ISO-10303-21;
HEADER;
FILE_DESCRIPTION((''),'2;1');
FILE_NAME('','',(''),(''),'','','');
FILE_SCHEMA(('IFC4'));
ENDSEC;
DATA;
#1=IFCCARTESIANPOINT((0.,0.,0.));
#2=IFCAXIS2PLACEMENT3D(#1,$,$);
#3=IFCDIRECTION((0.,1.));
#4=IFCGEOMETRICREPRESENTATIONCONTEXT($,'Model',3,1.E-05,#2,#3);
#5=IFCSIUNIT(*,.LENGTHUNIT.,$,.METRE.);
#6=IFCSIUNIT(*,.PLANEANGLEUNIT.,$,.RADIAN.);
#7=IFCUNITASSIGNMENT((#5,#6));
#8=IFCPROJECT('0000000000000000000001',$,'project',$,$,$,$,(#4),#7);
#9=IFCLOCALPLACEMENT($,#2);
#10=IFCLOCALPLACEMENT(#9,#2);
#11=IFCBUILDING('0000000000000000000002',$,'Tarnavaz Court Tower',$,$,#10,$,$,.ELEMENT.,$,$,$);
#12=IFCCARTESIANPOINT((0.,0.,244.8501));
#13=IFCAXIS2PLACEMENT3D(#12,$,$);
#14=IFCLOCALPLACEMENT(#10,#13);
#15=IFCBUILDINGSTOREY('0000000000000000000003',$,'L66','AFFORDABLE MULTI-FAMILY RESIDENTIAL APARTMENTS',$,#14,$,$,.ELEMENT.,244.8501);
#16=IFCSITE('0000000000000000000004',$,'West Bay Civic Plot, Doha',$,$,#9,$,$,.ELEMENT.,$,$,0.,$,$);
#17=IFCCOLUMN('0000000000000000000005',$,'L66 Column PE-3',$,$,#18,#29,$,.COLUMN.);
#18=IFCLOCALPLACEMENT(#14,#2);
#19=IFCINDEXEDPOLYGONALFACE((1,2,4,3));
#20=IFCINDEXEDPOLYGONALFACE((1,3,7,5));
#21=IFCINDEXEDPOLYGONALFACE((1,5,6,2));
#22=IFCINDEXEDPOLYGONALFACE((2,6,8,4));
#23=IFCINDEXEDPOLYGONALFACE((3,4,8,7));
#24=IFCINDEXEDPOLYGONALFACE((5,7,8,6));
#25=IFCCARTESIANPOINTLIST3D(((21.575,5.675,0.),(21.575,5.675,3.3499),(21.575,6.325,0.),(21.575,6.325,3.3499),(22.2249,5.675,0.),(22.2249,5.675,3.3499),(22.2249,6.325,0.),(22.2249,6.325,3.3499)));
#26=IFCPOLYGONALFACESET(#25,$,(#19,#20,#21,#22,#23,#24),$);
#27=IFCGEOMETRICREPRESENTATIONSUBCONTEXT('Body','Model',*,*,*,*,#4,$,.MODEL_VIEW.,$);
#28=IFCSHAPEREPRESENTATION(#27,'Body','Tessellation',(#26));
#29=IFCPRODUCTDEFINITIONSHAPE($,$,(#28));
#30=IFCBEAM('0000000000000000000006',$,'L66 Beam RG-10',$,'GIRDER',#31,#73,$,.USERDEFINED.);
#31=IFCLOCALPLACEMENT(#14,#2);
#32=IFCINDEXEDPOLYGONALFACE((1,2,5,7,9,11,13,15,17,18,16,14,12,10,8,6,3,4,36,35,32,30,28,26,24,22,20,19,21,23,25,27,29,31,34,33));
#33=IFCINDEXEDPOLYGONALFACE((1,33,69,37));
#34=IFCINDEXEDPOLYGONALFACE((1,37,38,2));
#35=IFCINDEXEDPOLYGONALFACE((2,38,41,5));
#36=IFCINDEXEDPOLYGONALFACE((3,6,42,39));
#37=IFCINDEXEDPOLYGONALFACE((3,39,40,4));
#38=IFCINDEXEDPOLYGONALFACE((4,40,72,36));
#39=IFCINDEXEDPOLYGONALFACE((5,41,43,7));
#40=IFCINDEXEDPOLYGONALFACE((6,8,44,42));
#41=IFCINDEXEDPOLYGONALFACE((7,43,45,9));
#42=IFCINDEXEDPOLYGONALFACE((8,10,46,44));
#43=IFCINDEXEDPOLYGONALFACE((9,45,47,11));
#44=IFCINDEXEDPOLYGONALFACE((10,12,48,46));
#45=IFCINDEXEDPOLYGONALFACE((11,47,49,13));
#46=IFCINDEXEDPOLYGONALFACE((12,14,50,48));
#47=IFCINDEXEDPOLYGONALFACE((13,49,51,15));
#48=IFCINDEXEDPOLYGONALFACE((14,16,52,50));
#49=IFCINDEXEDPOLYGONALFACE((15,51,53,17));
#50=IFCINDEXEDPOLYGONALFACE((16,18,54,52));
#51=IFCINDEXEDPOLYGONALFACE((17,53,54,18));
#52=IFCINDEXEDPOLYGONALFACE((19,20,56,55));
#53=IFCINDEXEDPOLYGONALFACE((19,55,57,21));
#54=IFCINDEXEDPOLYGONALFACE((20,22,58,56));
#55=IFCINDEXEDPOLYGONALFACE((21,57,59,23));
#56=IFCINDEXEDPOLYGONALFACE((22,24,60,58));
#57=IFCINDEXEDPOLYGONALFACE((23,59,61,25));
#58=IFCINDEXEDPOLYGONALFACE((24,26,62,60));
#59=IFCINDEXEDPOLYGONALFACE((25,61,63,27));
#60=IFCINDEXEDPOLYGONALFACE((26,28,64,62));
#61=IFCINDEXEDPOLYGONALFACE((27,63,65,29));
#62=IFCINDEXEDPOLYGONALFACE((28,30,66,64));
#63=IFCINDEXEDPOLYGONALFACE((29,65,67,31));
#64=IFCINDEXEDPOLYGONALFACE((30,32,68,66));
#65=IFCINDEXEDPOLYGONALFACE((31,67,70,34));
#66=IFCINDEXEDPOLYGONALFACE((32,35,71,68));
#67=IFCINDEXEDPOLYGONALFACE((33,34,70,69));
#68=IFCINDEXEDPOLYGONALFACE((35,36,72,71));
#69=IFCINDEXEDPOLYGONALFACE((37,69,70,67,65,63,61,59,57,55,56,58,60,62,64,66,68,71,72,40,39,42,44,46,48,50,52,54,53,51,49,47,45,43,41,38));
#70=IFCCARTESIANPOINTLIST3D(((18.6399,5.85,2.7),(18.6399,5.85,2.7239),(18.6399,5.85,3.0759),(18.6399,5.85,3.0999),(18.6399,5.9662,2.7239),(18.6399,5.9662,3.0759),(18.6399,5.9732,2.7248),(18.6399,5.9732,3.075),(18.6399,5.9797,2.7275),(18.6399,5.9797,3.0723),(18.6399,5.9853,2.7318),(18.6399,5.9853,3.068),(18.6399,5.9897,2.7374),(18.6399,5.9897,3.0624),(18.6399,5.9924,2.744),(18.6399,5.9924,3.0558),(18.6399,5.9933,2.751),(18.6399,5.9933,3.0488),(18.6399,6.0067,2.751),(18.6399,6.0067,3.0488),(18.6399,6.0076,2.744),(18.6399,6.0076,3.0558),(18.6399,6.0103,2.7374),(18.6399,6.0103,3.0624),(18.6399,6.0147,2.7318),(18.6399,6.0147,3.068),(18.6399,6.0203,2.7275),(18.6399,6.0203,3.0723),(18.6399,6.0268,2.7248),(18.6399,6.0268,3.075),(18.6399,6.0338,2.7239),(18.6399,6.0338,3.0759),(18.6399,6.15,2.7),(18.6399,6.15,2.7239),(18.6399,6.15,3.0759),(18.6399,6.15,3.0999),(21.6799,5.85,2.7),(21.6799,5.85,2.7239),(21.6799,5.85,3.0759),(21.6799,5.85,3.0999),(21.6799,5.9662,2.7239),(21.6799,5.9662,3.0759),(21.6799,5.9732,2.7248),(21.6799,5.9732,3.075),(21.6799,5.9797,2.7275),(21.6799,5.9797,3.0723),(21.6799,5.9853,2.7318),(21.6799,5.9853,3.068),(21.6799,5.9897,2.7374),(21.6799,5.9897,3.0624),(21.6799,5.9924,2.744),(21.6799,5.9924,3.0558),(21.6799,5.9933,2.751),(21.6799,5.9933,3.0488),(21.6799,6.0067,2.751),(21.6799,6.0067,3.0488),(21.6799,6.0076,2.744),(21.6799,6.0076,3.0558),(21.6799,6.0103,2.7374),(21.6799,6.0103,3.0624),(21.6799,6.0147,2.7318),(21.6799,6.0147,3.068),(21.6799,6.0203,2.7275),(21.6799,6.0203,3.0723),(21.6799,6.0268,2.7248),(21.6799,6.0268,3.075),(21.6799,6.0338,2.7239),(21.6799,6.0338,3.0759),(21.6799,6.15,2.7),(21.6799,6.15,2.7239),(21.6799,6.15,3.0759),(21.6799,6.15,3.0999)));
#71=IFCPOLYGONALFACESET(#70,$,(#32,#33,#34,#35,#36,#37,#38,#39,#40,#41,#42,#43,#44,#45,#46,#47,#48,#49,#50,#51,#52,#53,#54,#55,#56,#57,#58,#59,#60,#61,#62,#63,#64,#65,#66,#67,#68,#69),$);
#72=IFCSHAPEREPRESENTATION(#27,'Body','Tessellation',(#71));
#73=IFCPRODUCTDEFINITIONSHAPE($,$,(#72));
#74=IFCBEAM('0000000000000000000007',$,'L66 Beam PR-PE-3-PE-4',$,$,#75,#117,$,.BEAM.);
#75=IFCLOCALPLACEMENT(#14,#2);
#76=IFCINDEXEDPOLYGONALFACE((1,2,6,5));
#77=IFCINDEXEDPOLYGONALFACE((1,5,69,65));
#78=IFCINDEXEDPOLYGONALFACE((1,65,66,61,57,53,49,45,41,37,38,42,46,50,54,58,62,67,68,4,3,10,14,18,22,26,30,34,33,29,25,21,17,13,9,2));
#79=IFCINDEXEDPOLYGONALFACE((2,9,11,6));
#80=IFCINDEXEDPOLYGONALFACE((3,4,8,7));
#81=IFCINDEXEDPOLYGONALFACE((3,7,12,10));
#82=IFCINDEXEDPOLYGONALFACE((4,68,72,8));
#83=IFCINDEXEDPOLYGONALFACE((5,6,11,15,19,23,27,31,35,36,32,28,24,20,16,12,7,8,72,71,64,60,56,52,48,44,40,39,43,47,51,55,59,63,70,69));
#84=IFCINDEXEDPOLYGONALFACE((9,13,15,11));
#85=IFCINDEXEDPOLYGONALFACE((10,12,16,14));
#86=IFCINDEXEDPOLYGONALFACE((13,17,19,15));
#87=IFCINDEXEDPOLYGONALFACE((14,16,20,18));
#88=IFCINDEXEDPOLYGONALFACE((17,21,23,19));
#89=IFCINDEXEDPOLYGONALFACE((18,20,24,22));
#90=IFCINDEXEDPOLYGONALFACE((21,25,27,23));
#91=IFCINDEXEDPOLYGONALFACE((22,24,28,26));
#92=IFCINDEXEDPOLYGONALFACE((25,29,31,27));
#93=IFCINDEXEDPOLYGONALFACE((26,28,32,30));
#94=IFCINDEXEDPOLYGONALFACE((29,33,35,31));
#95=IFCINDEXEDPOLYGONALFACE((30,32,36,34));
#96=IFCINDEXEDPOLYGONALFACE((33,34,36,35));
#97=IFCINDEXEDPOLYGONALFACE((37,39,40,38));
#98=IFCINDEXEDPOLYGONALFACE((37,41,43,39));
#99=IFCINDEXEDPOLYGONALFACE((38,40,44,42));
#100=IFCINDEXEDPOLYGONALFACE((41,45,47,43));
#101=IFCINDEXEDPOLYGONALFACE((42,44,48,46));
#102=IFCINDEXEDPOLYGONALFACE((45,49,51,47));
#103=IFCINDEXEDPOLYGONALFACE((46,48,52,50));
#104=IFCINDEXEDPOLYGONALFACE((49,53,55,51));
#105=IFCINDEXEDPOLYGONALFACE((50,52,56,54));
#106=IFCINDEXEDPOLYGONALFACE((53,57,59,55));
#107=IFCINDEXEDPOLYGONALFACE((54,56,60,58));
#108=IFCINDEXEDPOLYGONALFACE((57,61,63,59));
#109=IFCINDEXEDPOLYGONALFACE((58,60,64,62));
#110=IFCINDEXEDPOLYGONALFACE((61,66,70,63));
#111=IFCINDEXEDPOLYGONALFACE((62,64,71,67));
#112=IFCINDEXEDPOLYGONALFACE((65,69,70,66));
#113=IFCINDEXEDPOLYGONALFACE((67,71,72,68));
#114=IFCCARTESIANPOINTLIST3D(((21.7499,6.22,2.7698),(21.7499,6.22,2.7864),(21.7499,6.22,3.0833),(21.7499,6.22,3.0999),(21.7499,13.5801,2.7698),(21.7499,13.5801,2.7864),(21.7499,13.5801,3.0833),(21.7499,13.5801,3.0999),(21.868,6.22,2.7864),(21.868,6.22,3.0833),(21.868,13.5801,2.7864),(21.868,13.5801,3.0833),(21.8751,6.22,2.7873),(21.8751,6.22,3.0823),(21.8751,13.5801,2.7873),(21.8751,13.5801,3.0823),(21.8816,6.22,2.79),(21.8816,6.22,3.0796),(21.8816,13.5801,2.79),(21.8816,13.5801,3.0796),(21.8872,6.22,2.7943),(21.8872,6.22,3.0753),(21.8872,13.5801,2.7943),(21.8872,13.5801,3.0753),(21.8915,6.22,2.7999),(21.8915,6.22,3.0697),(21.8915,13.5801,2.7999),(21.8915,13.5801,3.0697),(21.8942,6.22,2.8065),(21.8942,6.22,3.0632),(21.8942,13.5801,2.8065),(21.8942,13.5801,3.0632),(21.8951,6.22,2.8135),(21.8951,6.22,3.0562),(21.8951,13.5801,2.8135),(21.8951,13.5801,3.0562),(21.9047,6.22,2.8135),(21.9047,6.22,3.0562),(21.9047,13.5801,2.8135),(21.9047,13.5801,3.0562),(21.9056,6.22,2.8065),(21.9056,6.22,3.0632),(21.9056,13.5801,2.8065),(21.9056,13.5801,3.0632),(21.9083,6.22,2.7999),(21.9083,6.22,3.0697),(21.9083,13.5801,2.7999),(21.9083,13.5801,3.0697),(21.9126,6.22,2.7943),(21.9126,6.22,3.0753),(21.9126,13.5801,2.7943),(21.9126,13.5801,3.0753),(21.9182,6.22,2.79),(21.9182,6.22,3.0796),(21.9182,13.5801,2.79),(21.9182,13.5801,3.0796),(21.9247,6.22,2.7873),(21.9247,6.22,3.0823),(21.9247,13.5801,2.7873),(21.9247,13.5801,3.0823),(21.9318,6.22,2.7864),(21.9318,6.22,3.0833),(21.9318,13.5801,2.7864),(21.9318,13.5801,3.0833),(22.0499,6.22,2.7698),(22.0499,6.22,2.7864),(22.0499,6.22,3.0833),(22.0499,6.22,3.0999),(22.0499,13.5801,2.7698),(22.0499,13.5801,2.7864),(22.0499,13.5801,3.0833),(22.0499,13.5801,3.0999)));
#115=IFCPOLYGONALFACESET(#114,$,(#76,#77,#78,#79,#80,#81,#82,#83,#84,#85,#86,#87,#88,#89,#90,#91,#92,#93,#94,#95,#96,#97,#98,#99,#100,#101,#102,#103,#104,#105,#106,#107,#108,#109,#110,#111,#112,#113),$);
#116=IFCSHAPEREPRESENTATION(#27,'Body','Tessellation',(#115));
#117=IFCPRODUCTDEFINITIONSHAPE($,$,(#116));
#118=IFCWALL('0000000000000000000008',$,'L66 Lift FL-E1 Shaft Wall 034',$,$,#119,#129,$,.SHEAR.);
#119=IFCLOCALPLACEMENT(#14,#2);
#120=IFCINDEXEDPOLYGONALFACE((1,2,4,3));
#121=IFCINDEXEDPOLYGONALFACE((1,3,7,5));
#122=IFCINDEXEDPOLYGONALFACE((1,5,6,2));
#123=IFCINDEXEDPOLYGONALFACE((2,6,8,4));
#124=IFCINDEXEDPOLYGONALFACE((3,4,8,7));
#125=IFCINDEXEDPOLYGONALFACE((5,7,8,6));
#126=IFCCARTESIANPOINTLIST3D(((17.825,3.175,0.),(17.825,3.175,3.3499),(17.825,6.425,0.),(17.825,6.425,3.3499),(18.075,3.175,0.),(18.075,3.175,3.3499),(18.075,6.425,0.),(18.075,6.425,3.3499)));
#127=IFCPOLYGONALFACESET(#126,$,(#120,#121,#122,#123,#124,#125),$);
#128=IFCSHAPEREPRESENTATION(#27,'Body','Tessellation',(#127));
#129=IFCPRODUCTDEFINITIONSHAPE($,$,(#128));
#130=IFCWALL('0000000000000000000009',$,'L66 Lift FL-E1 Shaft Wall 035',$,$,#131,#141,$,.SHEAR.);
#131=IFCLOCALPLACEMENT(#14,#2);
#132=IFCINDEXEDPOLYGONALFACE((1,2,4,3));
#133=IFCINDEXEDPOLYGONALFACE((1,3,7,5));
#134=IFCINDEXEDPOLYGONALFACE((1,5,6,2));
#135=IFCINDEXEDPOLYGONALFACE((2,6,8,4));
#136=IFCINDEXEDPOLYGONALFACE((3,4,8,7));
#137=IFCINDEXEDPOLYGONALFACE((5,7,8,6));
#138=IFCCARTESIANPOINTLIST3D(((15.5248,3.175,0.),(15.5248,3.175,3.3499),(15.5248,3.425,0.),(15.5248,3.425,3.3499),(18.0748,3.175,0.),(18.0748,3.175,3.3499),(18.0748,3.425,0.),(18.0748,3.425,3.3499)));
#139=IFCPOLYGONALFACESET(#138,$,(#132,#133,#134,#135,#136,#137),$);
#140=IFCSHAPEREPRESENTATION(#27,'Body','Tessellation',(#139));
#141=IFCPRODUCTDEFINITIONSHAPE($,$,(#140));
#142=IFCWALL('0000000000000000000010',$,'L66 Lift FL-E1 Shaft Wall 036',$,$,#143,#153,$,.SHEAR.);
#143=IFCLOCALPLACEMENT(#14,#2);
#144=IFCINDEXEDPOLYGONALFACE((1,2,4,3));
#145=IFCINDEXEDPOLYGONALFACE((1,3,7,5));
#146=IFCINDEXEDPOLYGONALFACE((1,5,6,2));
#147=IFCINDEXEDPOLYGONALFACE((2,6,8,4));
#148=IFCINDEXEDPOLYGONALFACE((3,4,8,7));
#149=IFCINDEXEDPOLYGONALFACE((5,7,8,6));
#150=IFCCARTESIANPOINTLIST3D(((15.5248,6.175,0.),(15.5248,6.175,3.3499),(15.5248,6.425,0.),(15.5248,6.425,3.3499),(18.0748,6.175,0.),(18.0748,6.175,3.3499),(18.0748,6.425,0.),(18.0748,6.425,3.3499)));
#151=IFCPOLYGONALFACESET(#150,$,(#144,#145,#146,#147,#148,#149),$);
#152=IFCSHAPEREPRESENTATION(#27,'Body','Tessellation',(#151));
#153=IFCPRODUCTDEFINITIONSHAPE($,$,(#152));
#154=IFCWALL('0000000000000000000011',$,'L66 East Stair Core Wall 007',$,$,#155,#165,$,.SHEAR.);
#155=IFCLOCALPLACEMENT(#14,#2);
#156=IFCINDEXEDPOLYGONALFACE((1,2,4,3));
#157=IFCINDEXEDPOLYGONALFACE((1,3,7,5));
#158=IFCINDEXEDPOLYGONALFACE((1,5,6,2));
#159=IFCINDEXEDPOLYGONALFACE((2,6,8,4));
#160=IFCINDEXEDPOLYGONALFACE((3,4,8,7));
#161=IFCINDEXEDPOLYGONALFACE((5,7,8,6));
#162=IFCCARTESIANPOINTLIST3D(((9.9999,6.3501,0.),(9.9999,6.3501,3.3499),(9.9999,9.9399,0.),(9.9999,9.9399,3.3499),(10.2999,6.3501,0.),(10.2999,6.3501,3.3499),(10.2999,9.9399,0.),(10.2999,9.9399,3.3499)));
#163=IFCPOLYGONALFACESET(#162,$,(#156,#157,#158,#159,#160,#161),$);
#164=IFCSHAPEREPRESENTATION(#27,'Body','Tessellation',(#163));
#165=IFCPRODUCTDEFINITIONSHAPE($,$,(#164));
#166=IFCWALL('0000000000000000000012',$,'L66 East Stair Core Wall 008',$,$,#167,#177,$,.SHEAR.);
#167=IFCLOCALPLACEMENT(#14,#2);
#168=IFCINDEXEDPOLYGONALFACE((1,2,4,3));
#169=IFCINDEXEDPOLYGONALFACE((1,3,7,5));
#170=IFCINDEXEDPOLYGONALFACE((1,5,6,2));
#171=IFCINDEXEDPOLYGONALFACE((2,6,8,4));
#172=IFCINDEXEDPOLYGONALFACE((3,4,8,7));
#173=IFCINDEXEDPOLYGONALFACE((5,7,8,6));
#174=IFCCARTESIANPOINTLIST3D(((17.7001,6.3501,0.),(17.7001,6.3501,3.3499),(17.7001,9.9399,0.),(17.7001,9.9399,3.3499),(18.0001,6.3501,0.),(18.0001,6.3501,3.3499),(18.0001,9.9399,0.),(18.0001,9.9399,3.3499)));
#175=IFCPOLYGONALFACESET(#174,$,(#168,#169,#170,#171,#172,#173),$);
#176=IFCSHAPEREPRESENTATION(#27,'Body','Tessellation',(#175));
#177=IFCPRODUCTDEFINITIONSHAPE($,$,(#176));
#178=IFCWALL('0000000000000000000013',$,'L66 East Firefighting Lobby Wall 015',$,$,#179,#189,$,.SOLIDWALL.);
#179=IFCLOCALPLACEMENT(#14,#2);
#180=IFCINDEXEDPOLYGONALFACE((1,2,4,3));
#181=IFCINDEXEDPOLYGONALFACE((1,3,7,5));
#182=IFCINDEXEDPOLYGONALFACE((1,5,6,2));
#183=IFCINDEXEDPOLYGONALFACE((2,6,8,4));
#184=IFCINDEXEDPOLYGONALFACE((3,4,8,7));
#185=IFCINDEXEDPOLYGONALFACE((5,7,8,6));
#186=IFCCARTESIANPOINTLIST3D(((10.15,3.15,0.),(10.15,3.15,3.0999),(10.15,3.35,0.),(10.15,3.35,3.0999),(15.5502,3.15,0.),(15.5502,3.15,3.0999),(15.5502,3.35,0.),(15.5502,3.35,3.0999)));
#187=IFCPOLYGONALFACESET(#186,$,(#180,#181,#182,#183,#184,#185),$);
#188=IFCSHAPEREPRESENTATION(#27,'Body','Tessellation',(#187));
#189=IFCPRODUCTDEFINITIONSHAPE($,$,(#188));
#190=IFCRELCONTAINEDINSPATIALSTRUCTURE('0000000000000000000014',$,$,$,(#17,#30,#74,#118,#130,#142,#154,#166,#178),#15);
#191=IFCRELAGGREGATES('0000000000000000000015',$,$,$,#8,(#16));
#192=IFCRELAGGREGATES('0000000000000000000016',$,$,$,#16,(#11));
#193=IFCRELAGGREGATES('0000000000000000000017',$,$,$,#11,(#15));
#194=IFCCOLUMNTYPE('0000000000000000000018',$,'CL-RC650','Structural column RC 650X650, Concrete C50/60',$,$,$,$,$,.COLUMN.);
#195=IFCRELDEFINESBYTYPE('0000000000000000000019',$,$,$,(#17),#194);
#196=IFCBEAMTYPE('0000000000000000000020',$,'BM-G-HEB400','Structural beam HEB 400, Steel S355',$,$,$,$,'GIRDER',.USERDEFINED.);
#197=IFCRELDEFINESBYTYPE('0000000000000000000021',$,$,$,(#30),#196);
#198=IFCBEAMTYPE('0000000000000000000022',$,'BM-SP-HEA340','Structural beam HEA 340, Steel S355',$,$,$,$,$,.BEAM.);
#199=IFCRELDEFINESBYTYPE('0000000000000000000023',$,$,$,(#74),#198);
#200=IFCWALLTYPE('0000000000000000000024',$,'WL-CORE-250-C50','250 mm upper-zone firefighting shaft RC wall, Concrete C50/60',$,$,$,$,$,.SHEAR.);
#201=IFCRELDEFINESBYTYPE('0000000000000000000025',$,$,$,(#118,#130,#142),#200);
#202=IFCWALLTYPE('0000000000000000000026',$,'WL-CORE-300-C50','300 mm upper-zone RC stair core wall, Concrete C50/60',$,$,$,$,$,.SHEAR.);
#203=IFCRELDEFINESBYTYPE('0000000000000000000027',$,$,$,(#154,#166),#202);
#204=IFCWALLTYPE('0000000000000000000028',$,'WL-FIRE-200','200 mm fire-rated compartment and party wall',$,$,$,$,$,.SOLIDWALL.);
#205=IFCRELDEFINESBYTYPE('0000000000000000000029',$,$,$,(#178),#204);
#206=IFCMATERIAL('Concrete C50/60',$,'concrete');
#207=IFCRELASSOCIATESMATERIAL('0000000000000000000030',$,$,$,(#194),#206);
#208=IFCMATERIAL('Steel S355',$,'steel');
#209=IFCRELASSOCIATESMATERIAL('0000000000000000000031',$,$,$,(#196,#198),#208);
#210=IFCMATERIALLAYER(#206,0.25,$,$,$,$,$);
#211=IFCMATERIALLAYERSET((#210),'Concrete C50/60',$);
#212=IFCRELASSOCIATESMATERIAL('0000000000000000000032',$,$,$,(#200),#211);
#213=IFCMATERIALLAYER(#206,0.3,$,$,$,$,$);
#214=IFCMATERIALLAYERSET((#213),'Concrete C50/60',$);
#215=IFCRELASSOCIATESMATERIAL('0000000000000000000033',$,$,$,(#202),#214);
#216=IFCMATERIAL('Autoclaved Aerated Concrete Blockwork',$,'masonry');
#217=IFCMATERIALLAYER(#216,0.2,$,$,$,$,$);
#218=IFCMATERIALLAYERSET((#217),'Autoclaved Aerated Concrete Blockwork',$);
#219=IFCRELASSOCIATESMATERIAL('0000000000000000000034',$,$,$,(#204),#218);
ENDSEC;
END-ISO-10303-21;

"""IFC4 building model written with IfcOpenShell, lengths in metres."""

from ifc_helpers import new_model, si_unit, direction, frame, frame_2d, origin, origin_2d, place, context, subcontext, project, spatial, rectangle, i_section, extrude, material, layer, layer_set, material_profile, profile_set, type_object, element, save


model = new_model("IFC4")

# Units and contexts
model_context = context("Model", 3, precision=1e-05, world=origin(), true_north=direction((0.0, 1.0)))
body_context = subcontext(model_context, "Body", "Model", "MODEL_VIEW")
ifc_project = project(units=[si_unit("LENGTHUNIT", "METRE"), si_unit("PLANEANGLEUNIT", "RADIAN")], contexts=[model_context])

# Site, building, storey
site_placement = place(None, origin())
site = spatial("IfcSite", under=ifc_project, at=site_placement, Name="West Bay Civic Plot, Doha", CompositionType="ELEMENT", RefElevation=0.0)
building_placement = place(site_placement, origin())
building = spatial("IfcBuilding", under=site, at=building_placement, Name="Tarnavaz Court Tower", CompositionType="ELEMENT")
storey_placement = place(building_placement, frame((0.0, 0.0, 244.8501)))
storey = spatial("IfcBuildingStorey", under=building, at=storey_placement, Name="L66", Description="AFFORDABLE MULTI-FAMILY RESIDENTIAL APARTMENTS", CompositionType="ELEMENT", Elevation=244.8501)

# Column
ifc_material_1 = material(Name="Concrete C50/60", Category="concrete")
ifc_material_profile_1 = material_profile(ifc_material_1, rectangle(XDim=0.6499, YDim=0.6499, at=origin_2d()), Name="RC 650X650")
ifc_profile_set_1 = profile_set([ifc_material_profile_1], Name="Concrete C50/60")
column_type = type_object("IfcColumnType", Name="CL-RC650", Description="Structural column RC 650X650, Concrete C50/60", PredefinedType="COLUMN", material=ifc_profile_set_1)
column_placement = place(storey_placement, frame((21.8999, 6.0, 0.0), z_axis=(0.0, 0.0, 1.0), x_axis=(1.0, 0.0, 0.0)))
element("IfcColumn", 1, at=column_placement, inside=storey, type_object=column_type, Name="L66 Column PE-3", PredefinedType="COLUMN", context=body_context, shape_type="SweptSolid", body=[
    extrude(rectangle(XDim=0.6499, YDim=0.6499, at=origin_2d()), origin(), (0.0, 0.0, 1.0), 3.3499),
])

# Beams
ifc_material_2 = material(Name="Steel S355", Category="steel")
ifc_material_profile_2 = material_profile(ifc_material_2, i_section(OverallWidth=0.3, OverallDepth=0.3999, WebThickness=0.0134, FlangeThickness=0.0239, FilletRadius=0.0271, at=origin_2d()), Name="HEB 400")
ifc_profile_set_2 = profile_set([ifc_material_profile_2], Name="Steel S355")
beam_type_1 = type_object("IfcBeamType", Name="BM-G-HEB400", Description="Structural beam HEB 400, Steel S355", ElementType="GIRDER", PredefinedType="USERDEFINED", material=ifc_profile_set_2)
beam_1_placement = place(storey_placement, frame((18.6399, 6.0, 2.8999), z_axis=(1.0, 0.0, 0.0), x_axis=(0.0, 1.0, 0.0)))
element("IfcBeam", 2, at=beam_1_placement, inside=storey, type_object=beam_type_1, Name="L66 Beam RG-10", ObjectType="GIRDER", PredefinedType="USERDEFINED", context=body_context, shape_type="SweptSolid", body=[
    extrude(i_section(OverallWidth=0.3, OverallDepth=0.3999, WebThickness=0.0134, FlangeThickness=0.0239, FilletRadius=0.0271, at=origin_2d()), origin(), (0.0, 0.0, 1.0), 3.04),
])
ifc_material_profile_3 = material_profile(ifc_material_2, i_section(OverallWidth=0.3, OverallDepth=0.3301, WebThickness=0.0095, FlangeThickness=0.0166, FilletRadius=0.0271, at=origin_2d()), Name="HEA 340")
ifc_profile_set_3 = profile_set([ifc_material_profile_3], Name="Steel S355")
beam_type_2 = type_object("IfcBeamType", Name="BM-SP-HEA340", Description="Structural beam HEA 340, Steel S355", PredefinedType="BEAM", material=ifc_profile_set_3)
beam_2_placement = place(storey_placement, frame((21.8999, 6.22, 2.9348), z_axis=(0.0, 1.0, 0.0), x_axis=(-1.0, 0.0, 0.0)))
element("IfcBeam", 3, at=beam_2_placement, inside=storey, type_object=beam_type_2, Name="L66 Beam PR-PE-3-PE-4", PredefinedType="BEAM", context=body_context, shape_type="SweptSolid", body=[
    extrude(i_section(OverallWidth=0.3, OverallDepth=0.3301, WebThickness=0.0095, FlangeThickness=0.0166, FilletRadius=0.0271, at=origin_2d()), origin(), (0.0, 0.0, 1.0), 7.3601),
])

# Shared definitions
ifc_layer_1 = layer(ifc_material_1, 0.25)
ifc_layer_set_1 = layer_set([ifc_layer_1], Name="Concrete C50/60")
wall_type_1 = type_object("IfcWallType", Name="WL-CORE-250-C50", Description="250 mm upper-zone firefighting shaft RC wall, Concrete C50/60", PredefinedType="SHEAR", material=ifc_layer_set_1)

# Walls
wall_1_placement = place(storey_placement, frame((17.95, 3.175, 0.0), z_axis=(0.0, 0.0, 1.0), x_axis=(0.0, 1.0, 0.0)))
element("IfcWall", 4, at=wall_1_placement, inside=storey, type_object=wall_type_1, Name="L66 Lift FL-E1 Shaft Wall 034", PredefinedType="SHEAR", context=body_context, shape_type="SweptSolid", body=[
    extrude(rectangle(XDim=3.25, YDim=0.25, at=frame_2d((1.625, 0.0))), origin(), (0.0, 0.0, 1.0), 3.3499),
])
for number, where, z_axis, x_axis, name in (
    (5, (15.5249, 3.3, 0.0), (0.0, 0.0, 1.0), (1.0, 0.0, 0.0), "L66 Lift FL-E1 Shaft Wall 035"),
    (6, (15.5249, 6.3, 0.0), (0.0, 0.0, 1.0), (1.0, 0.0, 0.0), "L66 Lift FL-E1 Shaft Wall 036"),
):
    element("IfcWall", number, at=place(storey_placement, frame(where, z_axis=z_axis, x_axis=x_axis)), inside=storey, type_object=wall_type_1, Name=name, PredefinedType="SHEAR", context=body_context, shape_type="SweptSolid", body=[
        extrude(rectangle(XDim=2.55, YDim=0.25, at=frame_2d((1.2749, 0.0))), origin(), (0.0, 0.0, 1.0), 3.3499),
    ])
ifc_layer_2 = layer(ifc_material_1, 0.3)
ifc_layer_set_2 = layer_set([ifc_layer_2], Name="Concrete C50/60")
wall_type_2 = type_object("IfcWallType", Name="WL-CORE-300-C50", Description="300 mm upper-zone RC stair core wall, Concrete C50/60", PredefinedType="SHEAR", material=ifc_layer_set_2)
for number, where, z_axis, x_axis, name in (
    (7, (10.1499, 6.3501, 0.0), (0.0, 0.0, 1.0), (0.0, 1.0, 0.0), "L66 East Stair Core Wall 007"),
    (8, (17.8501, 6.3501, 0.0), (0.0, 0.0, 1.0), (0.0, 1.0, 0.0), "L66 East Stair Core Wall 008"),
):
    element("IfcWall", number, at=place(storey_placement, frame(where, z_axis=z_axis, x_axis=x_axis)), inside=storey, type_object=wall_type_2, Name=name, PredefinedType="SHEAR", context=body_context, shape_type="SweptSolid", body=[
        extrude(rectangle(XDim=3.5898, YDim=0.3, at=frame_2d((1.7949, 0.0))), origin(), (0.0, 0.0, 1.0), 3.3499),
    ])
ifc_material_3 = material(Name="Autoclaved Aerated Concrete Blockwork", Category="masonry")
ifc_layer_3 = layer(ifc_material_3, 0.2)
ifc_layer_set_3 = layer_set([ifc_layer_3], Name="Autoclaved Aerated Concrete Blockwork")
wall_type_3 = type_object("IfcWallType", Name="WL-FIRE-200", Description="200 mm fire-rated compartment and party wall", PredefinedType="SOLIDWALL", material=ifc_layer_set_3)
wall_2_placement = place(storey_placement, frame((10.1499, 3.25, 0.0), z_axis=(0.0, 0.0, 1.0), x_axis=(1.0, 0.0, 0.0)))
element("IfcWall", 9, at=wall_2_placement, inside=storey, type_object=wall_type_3, Name="L66 East Firefighting Lobby Wall 015", PredefinedType="SOLIDWALL", context=body_context, shape_type="SweptSolid", body=[
    extrude(rectangle(XDim=5.4001, YDim=0.2, at=frame_2d((2.7002, 0.0))), origin(), (0.0, 0.0, 1.0), 3.0999),
])

save(model, "model.ifc")
